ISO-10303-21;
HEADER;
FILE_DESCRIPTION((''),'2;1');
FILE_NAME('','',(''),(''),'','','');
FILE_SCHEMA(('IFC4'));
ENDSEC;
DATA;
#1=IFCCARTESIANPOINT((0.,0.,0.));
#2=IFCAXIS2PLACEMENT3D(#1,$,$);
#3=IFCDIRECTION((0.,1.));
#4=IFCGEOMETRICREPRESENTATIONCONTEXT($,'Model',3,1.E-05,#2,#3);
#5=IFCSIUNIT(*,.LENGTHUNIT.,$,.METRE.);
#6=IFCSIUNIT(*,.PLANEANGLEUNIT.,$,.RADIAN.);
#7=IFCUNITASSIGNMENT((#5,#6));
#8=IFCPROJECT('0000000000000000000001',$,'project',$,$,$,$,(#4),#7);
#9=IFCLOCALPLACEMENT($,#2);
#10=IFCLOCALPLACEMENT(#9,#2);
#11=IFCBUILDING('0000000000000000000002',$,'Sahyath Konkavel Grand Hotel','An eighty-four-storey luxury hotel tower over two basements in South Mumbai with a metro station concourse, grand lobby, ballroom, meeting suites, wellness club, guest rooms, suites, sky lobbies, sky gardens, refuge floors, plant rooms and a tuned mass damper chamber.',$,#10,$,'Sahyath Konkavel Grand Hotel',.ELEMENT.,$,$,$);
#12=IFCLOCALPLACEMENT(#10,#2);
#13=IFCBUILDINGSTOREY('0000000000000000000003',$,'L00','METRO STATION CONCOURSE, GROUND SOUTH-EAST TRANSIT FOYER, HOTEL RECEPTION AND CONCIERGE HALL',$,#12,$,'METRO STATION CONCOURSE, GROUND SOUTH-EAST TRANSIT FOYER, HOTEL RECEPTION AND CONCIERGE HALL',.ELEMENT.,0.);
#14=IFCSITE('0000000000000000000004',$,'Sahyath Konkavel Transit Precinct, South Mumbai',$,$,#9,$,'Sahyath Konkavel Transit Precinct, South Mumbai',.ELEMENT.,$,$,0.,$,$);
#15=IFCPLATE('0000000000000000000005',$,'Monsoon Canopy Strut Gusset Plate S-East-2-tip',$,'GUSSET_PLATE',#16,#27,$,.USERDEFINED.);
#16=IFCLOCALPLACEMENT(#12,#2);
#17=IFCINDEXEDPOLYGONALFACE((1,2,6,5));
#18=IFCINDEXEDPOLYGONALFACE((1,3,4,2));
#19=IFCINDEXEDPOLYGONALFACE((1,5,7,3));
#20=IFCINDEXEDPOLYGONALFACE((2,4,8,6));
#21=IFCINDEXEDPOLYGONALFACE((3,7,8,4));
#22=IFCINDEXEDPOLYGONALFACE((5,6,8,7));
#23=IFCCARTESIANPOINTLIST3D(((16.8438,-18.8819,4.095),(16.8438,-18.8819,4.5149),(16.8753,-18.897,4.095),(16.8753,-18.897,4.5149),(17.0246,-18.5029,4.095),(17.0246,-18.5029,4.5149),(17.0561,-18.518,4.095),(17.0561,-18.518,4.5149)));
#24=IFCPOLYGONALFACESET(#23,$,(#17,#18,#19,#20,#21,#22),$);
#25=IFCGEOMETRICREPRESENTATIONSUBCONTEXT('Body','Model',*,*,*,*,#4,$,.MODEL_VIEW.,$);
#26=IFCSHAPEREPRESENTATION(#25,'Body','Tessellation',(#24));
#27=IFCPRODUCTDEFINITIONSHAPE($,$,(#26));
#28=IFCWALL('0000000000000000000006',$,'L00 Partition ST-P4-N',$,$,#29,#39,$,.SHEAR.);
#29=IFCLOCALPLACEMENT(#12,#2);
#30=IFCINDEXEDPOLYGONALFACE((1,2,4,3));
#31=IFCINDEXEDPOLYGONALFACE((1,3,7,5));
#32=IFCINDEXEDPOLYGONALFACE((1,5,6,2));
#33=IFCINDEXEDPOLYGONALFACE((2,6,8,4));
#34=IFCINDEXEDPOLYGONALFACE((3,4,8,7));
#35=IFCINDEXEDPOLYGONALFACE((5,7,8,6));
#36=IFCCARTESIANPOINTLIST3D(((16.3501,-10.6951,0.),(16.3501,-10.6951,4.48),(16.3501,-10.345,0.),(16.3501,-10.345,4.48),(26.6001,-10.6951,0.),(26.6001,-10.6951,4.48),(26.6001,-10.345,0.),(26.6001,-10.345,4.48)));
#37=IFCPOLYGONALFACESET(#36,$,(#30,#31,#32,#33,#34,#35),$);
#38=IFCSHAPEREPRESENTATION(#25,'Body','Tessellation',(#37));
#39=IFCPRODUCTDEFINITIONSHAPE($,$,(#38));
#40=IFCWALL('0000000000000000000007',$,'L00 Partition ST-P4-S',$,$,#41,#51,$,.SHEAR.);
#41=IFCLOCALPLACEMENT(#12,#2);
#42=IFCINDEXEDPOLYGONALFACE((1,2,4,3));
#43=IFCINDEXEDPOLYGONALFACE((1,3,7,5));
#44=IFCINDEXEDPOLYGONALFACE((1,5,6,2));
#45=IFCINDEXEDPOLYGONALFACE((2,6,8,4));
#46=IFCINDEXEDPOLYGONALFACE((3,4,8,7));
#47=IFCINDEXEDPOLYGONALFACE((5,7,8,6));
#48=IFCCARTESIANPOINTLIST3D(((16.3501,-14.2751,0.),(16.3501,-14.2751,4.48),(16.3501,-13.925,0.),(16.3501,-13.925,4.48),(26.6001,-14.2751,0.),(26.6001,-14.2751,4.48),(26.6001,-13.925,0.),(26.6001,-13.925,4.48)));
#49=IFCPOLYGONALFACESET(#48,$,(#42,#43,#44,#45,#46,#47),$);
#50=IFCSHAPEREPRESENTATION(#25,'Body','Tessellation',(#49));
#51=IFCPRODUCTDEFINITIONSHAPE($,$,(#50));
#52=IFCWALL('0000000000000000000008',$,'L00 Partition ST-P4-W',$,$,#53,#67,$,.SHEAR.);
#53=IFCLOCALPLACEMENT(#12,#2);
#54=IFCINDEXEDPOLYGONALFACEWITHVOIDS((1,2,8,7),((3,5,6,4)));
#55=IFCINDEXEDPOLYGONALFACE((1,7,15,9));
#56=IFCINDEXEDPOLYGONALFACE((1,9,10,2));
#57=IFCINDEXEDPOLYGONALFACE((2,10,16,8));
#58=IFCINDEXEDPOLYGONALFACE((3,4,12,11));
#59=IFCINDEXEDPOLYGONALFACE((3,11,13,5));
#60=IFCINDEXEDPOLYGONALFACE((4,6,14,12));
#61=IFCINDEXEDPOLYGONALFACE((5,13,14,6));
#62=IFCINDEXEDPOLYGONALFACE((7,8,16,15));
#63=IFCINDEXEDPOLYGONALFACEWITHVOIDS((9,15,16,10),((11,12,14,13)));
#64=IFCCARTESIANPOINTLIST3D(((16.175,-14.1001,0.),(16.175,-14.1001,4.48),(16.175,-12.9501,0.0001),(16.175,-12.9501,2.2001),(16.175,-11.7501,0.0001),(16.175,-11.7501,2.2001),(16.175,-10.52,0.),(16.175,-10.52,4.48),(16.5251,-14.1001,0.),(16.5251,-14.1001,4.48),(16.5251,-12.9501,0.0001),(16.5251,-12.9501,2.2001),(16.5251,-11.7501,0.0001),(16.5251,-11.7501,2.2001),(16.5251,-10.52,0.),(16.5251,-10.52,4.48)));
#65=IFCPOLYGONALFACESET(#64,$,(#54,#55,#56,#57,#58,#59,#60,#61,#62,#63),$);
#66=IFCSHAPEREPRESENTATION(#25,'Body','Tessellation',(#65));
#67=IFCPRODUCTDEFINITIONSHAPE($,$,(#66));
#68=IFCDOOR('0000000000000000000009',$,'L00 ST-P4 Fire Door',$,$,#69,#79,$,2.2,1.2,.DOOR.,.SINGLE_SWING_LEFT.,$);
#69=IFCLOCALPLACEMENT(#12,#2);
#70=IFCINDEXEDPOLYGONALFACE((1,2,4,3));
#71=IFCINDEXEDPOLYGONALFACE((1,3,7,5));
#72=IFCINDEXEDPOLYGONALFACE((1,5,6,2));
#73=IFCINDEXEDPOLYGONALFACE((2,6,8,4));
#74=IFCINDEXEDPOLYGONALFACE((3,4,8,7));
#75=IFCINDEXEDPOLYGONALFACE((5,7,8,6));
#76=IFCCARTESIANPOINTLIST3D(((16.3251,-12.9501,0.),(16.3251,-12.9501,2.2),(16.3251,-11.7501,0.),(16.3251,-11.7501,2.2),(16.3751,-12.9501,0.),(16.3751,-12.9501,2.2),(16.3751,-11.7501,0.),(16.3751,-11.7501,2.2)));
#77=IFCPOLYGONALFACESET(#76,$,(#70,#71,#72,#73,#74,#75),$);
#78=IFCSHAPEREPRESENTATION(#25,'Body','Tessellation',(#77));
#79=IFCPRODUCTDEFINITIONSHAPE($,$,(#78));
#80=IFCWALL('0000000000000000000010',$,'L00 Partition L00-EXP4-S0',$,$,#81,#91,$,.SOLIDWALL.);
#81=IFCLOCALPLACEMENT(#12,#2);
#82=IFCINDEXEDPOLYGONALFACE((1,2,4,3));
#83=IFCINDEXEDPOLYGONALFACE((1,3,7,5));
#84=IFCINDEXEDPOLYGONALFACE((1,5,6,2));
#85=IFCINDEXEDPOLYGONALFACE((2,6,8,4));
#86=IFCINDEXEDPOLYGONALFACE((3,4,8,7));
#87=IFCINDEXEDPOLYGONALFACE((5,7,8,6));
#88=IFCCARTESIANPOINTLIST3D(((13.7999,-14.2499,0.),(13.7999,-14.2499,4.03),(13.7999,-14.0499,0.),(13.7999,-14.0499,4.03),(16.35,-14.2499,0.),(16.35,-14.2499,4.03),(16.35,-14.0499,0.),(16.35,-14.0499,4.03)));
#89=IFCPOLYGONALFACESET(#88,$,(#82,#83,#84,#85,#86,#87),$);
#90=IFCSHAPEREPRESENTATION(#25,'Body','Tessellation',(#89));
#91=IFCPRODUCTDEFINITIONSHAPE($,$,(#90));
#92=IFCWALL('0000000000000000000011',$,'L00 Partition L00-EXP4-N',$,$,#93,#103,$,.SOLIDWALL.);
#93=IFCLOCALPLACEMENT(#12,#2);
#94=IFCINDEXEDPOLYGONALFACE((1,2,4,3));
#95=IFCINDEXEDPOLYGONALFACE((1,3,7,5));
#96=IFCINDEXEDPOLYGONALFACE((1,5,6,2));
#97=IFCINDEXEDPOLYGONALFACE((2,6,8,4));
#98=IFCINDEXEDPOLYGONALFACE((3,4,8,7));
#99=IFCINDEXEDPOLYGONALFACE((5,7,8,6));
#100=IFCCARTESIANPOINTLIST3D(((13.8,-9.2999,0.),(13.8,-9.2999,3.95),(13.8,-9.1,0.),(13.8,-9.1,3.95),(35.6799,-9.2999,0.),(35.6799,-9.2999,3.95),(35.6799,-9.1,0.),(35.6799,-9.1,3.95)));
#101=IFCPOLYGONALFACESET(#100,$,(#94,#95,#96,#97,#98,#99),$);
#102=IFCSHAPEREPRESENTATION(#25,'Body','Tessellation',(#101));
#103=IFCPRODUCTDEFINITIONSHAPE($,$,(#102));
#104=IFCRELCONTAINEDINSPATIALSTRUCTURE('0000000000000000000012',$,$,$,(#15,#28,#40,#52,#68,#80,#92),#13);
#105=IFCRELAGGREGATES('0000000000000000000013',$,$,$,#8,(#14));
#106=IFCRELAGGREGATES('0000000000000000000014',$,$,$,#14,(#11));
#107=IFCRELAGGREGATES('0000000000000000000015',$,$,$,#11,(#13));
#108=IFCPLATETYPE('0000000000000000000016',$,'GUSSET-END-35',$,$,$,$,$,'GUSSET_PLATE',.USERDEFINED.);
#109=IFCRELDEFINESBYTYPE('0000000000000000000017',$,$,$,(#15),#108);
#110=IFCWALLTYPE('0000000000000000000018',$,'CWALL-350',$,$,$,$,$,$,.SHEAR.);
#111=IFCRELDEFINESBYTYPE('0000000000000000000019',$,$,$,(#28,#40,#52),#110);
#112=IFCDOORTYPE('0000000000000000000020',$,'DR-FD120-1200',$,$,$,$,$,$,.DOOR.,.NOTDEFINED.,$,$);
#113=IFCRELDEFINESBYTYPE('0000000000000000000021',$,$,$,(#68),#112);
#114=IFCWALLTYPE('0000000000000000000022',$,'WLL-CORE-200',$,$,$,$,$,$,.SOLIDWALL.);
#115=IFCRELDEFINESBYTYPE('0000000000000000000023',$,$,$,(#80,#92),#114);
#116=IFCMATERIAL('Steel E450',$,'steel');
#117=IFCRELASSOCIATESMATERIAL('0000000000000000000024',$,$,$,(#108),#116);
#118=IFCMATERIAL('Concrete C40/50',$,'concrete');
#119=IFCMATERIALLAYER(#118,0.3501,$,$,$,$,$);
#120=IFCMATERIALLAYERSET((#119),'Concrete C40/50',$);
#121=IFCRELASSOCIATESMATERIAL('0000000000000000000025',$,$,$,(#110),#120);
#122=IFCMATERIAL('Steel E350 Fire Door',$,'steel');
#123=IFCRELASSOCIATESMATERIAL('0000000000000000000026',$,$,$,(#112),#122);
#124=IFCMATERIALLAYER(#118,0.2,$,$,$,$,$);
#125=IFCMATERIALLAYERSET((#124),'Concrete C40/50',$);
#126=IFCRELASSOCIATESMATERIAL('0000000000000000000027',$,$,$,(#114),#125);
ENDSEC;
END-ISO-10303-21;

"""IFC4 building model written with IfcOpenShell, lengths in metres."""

from ifc_helpers import new_model, si_unit, direction, frame, frame_2d, origin, origin_2d, place, context, subcontext, project, spatial, rectangle, extrude, source, transform, mapped, material, layer, layer_set, type_object, element, fill, save


model = new_model("IFC4")

# Units and contexts
model_context = context("Model", 3, precision=1e-05, world=origin(), true_north=direction((0.0, 1.0)))
body_context = subcontext(model_context, "Body", "Model", "MODEL_VIEW")
ifc_project = project(units=[si_unit("LENGTHUNIT", "METRE"), si_unit("PLANEANGLEUNIT", "RADIAN")], contexts=[model_context])

# Site, building, storey
site_placement = place(None, origin())
site = spatial("IfcSite", under=ifc_project, at=site_placement, Name="Sahyath Konkavel Transit Precinct, South Mumbai", LongName="Sahyath Konkavel Transit Precinct, South Mumbai", CompositionType="ELEMENT", RefElevation=0.0)
building_placement = place(site_placement, origin())
building = spatial("IfcBuilding", under=site, at=building_placement, Name="Sahyath Konkavel Grand Hotel", Description="An eighty-four-storey luxury hotel tower over two basements in South Mumbai with a metro station concourse, grand lobby, ballroom, meeting suites, wellness club, guest rooms, suites, sky lobbies, sky gardens, refuge floors, plant rooms and a tuned mass damper chamber.", LongName="Sahyath Konkavel Grand Hotel", CompositionType="ELEMENT")
storey_placement = place(building_placement, origin())
storey = spatial("IfcBuildingStorey", under=building, at=storey_placement, Name="L00", Description="METRO STATION CONCOURSE, GROUND SOUTH-EAST TRANSIT FOYER, HOTEL RECEPTION AND CONCIERGE HALL", LongName="METRO STATION CONCOURSE, GROUND SOUTH-EAST TRANSIT FOYER, HOTEL RECEPTION AND CONCIERGE HALL", CompositionType="ELEMENT", Elevation=0.0)

# Plate
ifc_material_1 = material(Name="Steel E450", Category="steel")
plate_type = type_object("IfcPlateType", Name="GUSSET-END-35", ElementType="GUSSET_PLATE", PredefinedType="USERDEFINED", material=ifc_material_1)
shared_shape_1 = source(origin(), body_context, "Body", "SweptSolid", [
    extrude(rectangle(XDim=0.4199, YDim=0.0349, at=origin_2d()), origin(), (0.0, 0.0, 1.0), 0.4199),
])
for number, where, z_axis, x_axis, name in (
    (1, (16.95, -18.7, 4.095), (0.0, 0.0, 1.0), (-0.430732, -0.90248, 0.0), "Monsoon Canopy Strut Gusset Plate S-East-2-tip"),
):
    element("IfcPlate", number, at=place(storey_placement, frame(where, z_axis=z_axis, x_axis=x_axis)), inside=storey, type_object=plate_type, Name=name, ObjectType="GUSSET_PLATE", PredefinedType="USERDEFINED", context=body_context, shape_type="MappedRepresentation", body=[
        mapped(shared_shape_1, transform((0.0, 0.0, 0.0), scale=1.0)),
    ])

# Walls
ifc_material_2 = material(Name="Concrete C40/50", Category="concrete")
ifc_layer_1 = layer(ifc_material_2, 0.3501)
ifc_layer_set_1 = layer_set([ifc_layer_1], Name="Concrete C40/50")
wall_type_1 = type_object("IfcWallType", Name="CWALL-350", PredefinedType="SHEAR", material=ifc_layer_set_1)
for number, where, z_axis, x_axis, name in (
    (2, (16.3501, -10.52, 0.0), (0.0, 0.0, 1.0), (1.0, 0.0, 0.0), "L00 Partition ST-P4-N"),
    (3, (16.3501, -14.1001, 0.0), (0.0, 0.0, 1.0), (1.0, 0.0, 0.0), "L00 Partition ST-P4-S"),
):
    element("IfcWall", number, at=place(storey_placement, frame(where, z_axis=z_axis, x_axis=x_axis)), inside=storey, type_object=wall_type_1, Name=name, PredefinedType="SHEAR", context=body_context, shape_type="SweptSolid", body=[
        extrude(rectangle(XDim=10.25, YDim=0.3501, at=frame_2d((5.125, 0.0))), origin(), (0.0, 0.0, 1.0), 4.48),
    ])

# Wall, opening, door
wall_1_placement = place(storey_placement, frame((16.3501, -14.1001, 0.0), z_axis=(0.0, 0.0, 1.0), x_axis=(0.0, 1.0, 0.0)))
wall_1 = element("IfcWall", 4, at=wall_1_placement, inside=storey, type_object=wall_type_1, Name="L00 Partition ST-P4-W", PredefinedType="SHEAR", context=body_context, shape_type="SweptSolid", body=[
    extrude(rectangle(XDim=3.5801, YDim=0.3501, at=frame_2d((1.79, 0.0))), origin(), (0.0, 0.0, 1.0), 4.48),
])
opening_1_placement = place(wall_1_placement, frame((1.1499, 0.0, 0.0)))
opening_1 = element("IfcOpeningElement", 5, at=opening_1_placement, cuts=wall_1, PredefinedType="OPENING", context=body_context, shape_type="SweptSolid", body=[
    extrude(rectangle(XDim=1.2, YDim=2.2, at=frame_2d((0.6001, 1.1001))), frame((0.0, 0.1851, 0.0), z_axis=(0.0, -1.0, 0.0), x_axis=(1.0, 0.0, 0.0)), (0.0, 0.0, 1.0), 0.3701),
])
ifc_material_3 = material(Name="Steel E350 Fire Door", Category="steel")
door_type_1 = type_object("IfcDoorType", Name="DR-FD120-1200", OperationType="NOTDEFINED", PredefinedType="DOOR", material=ifc_material_3)
shared_shape_2 = source(origin(), body_context, "Body", "SweptSolid", [
    extrude(rectangle(XDim=1.2, YDim=0.05, at=origin_2d()), origin(), (0.0, 0.0, 1.0), 2.2),
])
door_1_placement = place(opening_1_placement, frame((0.6001, 0.0, 0.0)))
door_1 = element("IfcDoor", 6, at=door_1_placement, inside=storey, type_object=door_type_1, Name="L00 ST-P4 Fire Door", OperationType="SINGLE_SWING_LEFT", OverallHeight=2.2, OverallWidth=1.2, PredefinedType="DOOR", context=body_context, shape_type="MappedRepresentation", body=[
    mapped(shared_shape_2, transform((0.0, 0.0, 0.0), scale=1.0)),
])
fill(opening_1, door_1)
ifc_layer_2 = layer(ifc_material_2, 0.2)
ifc_layer_set_2 = layer_set([ifc_layer_2], Name="Concrete C40/50")
wall_type_2 = type_object("IfcWallType", Name="WLL-CORE-200", PredefinedType="SOLIDWALL", material=ifc_layer_set_2)

# Walls
wall_2_placement = place(storey_placement, frame((13.8, -14.1499, 0.0), z_axis=(0.0, 0.0, 1.0), x_axis=(1.0, 0.0, 0.0)))
element("IfcWall", 7, at=wall_2_placement, inside=storey, type_object=wall_type_2, Name="L00 Partition L00-EXP4-S0", PredefinedType="SOLIDWALL", context=body_context, shape_type="SweptSolid", body=[
    extrude(rectangle(XDim=2.55, YDim=0.2, at=frame_2d((1.2749, 0.0))), origin(), (0.0, 0.0, 1.0), 4.03),
])
wall_3_placement = place(storey_placement, frame((13.8, -9.2, 0.0), z_axis=(0.0, 0.0, 1.0), x_axis=(1.0, 0.0, 0.0)))
element("IfcWall", 8, at=wall_3_placement, inside=storey, type_object=wall_type_2, Name="L00 Partition L00-EXP4-N", PredefinedType="SOLIDWALL", context=body_context, shape_type="SweptSolid", body=[
    extrude(rectangle(XDim=21.8799, YDim=0.2, at=frame_2d((10.9399, 0.0))), origin(), (0.0, 0.0, 1.0), 3.95),
])

save(model, "model.ifc")
